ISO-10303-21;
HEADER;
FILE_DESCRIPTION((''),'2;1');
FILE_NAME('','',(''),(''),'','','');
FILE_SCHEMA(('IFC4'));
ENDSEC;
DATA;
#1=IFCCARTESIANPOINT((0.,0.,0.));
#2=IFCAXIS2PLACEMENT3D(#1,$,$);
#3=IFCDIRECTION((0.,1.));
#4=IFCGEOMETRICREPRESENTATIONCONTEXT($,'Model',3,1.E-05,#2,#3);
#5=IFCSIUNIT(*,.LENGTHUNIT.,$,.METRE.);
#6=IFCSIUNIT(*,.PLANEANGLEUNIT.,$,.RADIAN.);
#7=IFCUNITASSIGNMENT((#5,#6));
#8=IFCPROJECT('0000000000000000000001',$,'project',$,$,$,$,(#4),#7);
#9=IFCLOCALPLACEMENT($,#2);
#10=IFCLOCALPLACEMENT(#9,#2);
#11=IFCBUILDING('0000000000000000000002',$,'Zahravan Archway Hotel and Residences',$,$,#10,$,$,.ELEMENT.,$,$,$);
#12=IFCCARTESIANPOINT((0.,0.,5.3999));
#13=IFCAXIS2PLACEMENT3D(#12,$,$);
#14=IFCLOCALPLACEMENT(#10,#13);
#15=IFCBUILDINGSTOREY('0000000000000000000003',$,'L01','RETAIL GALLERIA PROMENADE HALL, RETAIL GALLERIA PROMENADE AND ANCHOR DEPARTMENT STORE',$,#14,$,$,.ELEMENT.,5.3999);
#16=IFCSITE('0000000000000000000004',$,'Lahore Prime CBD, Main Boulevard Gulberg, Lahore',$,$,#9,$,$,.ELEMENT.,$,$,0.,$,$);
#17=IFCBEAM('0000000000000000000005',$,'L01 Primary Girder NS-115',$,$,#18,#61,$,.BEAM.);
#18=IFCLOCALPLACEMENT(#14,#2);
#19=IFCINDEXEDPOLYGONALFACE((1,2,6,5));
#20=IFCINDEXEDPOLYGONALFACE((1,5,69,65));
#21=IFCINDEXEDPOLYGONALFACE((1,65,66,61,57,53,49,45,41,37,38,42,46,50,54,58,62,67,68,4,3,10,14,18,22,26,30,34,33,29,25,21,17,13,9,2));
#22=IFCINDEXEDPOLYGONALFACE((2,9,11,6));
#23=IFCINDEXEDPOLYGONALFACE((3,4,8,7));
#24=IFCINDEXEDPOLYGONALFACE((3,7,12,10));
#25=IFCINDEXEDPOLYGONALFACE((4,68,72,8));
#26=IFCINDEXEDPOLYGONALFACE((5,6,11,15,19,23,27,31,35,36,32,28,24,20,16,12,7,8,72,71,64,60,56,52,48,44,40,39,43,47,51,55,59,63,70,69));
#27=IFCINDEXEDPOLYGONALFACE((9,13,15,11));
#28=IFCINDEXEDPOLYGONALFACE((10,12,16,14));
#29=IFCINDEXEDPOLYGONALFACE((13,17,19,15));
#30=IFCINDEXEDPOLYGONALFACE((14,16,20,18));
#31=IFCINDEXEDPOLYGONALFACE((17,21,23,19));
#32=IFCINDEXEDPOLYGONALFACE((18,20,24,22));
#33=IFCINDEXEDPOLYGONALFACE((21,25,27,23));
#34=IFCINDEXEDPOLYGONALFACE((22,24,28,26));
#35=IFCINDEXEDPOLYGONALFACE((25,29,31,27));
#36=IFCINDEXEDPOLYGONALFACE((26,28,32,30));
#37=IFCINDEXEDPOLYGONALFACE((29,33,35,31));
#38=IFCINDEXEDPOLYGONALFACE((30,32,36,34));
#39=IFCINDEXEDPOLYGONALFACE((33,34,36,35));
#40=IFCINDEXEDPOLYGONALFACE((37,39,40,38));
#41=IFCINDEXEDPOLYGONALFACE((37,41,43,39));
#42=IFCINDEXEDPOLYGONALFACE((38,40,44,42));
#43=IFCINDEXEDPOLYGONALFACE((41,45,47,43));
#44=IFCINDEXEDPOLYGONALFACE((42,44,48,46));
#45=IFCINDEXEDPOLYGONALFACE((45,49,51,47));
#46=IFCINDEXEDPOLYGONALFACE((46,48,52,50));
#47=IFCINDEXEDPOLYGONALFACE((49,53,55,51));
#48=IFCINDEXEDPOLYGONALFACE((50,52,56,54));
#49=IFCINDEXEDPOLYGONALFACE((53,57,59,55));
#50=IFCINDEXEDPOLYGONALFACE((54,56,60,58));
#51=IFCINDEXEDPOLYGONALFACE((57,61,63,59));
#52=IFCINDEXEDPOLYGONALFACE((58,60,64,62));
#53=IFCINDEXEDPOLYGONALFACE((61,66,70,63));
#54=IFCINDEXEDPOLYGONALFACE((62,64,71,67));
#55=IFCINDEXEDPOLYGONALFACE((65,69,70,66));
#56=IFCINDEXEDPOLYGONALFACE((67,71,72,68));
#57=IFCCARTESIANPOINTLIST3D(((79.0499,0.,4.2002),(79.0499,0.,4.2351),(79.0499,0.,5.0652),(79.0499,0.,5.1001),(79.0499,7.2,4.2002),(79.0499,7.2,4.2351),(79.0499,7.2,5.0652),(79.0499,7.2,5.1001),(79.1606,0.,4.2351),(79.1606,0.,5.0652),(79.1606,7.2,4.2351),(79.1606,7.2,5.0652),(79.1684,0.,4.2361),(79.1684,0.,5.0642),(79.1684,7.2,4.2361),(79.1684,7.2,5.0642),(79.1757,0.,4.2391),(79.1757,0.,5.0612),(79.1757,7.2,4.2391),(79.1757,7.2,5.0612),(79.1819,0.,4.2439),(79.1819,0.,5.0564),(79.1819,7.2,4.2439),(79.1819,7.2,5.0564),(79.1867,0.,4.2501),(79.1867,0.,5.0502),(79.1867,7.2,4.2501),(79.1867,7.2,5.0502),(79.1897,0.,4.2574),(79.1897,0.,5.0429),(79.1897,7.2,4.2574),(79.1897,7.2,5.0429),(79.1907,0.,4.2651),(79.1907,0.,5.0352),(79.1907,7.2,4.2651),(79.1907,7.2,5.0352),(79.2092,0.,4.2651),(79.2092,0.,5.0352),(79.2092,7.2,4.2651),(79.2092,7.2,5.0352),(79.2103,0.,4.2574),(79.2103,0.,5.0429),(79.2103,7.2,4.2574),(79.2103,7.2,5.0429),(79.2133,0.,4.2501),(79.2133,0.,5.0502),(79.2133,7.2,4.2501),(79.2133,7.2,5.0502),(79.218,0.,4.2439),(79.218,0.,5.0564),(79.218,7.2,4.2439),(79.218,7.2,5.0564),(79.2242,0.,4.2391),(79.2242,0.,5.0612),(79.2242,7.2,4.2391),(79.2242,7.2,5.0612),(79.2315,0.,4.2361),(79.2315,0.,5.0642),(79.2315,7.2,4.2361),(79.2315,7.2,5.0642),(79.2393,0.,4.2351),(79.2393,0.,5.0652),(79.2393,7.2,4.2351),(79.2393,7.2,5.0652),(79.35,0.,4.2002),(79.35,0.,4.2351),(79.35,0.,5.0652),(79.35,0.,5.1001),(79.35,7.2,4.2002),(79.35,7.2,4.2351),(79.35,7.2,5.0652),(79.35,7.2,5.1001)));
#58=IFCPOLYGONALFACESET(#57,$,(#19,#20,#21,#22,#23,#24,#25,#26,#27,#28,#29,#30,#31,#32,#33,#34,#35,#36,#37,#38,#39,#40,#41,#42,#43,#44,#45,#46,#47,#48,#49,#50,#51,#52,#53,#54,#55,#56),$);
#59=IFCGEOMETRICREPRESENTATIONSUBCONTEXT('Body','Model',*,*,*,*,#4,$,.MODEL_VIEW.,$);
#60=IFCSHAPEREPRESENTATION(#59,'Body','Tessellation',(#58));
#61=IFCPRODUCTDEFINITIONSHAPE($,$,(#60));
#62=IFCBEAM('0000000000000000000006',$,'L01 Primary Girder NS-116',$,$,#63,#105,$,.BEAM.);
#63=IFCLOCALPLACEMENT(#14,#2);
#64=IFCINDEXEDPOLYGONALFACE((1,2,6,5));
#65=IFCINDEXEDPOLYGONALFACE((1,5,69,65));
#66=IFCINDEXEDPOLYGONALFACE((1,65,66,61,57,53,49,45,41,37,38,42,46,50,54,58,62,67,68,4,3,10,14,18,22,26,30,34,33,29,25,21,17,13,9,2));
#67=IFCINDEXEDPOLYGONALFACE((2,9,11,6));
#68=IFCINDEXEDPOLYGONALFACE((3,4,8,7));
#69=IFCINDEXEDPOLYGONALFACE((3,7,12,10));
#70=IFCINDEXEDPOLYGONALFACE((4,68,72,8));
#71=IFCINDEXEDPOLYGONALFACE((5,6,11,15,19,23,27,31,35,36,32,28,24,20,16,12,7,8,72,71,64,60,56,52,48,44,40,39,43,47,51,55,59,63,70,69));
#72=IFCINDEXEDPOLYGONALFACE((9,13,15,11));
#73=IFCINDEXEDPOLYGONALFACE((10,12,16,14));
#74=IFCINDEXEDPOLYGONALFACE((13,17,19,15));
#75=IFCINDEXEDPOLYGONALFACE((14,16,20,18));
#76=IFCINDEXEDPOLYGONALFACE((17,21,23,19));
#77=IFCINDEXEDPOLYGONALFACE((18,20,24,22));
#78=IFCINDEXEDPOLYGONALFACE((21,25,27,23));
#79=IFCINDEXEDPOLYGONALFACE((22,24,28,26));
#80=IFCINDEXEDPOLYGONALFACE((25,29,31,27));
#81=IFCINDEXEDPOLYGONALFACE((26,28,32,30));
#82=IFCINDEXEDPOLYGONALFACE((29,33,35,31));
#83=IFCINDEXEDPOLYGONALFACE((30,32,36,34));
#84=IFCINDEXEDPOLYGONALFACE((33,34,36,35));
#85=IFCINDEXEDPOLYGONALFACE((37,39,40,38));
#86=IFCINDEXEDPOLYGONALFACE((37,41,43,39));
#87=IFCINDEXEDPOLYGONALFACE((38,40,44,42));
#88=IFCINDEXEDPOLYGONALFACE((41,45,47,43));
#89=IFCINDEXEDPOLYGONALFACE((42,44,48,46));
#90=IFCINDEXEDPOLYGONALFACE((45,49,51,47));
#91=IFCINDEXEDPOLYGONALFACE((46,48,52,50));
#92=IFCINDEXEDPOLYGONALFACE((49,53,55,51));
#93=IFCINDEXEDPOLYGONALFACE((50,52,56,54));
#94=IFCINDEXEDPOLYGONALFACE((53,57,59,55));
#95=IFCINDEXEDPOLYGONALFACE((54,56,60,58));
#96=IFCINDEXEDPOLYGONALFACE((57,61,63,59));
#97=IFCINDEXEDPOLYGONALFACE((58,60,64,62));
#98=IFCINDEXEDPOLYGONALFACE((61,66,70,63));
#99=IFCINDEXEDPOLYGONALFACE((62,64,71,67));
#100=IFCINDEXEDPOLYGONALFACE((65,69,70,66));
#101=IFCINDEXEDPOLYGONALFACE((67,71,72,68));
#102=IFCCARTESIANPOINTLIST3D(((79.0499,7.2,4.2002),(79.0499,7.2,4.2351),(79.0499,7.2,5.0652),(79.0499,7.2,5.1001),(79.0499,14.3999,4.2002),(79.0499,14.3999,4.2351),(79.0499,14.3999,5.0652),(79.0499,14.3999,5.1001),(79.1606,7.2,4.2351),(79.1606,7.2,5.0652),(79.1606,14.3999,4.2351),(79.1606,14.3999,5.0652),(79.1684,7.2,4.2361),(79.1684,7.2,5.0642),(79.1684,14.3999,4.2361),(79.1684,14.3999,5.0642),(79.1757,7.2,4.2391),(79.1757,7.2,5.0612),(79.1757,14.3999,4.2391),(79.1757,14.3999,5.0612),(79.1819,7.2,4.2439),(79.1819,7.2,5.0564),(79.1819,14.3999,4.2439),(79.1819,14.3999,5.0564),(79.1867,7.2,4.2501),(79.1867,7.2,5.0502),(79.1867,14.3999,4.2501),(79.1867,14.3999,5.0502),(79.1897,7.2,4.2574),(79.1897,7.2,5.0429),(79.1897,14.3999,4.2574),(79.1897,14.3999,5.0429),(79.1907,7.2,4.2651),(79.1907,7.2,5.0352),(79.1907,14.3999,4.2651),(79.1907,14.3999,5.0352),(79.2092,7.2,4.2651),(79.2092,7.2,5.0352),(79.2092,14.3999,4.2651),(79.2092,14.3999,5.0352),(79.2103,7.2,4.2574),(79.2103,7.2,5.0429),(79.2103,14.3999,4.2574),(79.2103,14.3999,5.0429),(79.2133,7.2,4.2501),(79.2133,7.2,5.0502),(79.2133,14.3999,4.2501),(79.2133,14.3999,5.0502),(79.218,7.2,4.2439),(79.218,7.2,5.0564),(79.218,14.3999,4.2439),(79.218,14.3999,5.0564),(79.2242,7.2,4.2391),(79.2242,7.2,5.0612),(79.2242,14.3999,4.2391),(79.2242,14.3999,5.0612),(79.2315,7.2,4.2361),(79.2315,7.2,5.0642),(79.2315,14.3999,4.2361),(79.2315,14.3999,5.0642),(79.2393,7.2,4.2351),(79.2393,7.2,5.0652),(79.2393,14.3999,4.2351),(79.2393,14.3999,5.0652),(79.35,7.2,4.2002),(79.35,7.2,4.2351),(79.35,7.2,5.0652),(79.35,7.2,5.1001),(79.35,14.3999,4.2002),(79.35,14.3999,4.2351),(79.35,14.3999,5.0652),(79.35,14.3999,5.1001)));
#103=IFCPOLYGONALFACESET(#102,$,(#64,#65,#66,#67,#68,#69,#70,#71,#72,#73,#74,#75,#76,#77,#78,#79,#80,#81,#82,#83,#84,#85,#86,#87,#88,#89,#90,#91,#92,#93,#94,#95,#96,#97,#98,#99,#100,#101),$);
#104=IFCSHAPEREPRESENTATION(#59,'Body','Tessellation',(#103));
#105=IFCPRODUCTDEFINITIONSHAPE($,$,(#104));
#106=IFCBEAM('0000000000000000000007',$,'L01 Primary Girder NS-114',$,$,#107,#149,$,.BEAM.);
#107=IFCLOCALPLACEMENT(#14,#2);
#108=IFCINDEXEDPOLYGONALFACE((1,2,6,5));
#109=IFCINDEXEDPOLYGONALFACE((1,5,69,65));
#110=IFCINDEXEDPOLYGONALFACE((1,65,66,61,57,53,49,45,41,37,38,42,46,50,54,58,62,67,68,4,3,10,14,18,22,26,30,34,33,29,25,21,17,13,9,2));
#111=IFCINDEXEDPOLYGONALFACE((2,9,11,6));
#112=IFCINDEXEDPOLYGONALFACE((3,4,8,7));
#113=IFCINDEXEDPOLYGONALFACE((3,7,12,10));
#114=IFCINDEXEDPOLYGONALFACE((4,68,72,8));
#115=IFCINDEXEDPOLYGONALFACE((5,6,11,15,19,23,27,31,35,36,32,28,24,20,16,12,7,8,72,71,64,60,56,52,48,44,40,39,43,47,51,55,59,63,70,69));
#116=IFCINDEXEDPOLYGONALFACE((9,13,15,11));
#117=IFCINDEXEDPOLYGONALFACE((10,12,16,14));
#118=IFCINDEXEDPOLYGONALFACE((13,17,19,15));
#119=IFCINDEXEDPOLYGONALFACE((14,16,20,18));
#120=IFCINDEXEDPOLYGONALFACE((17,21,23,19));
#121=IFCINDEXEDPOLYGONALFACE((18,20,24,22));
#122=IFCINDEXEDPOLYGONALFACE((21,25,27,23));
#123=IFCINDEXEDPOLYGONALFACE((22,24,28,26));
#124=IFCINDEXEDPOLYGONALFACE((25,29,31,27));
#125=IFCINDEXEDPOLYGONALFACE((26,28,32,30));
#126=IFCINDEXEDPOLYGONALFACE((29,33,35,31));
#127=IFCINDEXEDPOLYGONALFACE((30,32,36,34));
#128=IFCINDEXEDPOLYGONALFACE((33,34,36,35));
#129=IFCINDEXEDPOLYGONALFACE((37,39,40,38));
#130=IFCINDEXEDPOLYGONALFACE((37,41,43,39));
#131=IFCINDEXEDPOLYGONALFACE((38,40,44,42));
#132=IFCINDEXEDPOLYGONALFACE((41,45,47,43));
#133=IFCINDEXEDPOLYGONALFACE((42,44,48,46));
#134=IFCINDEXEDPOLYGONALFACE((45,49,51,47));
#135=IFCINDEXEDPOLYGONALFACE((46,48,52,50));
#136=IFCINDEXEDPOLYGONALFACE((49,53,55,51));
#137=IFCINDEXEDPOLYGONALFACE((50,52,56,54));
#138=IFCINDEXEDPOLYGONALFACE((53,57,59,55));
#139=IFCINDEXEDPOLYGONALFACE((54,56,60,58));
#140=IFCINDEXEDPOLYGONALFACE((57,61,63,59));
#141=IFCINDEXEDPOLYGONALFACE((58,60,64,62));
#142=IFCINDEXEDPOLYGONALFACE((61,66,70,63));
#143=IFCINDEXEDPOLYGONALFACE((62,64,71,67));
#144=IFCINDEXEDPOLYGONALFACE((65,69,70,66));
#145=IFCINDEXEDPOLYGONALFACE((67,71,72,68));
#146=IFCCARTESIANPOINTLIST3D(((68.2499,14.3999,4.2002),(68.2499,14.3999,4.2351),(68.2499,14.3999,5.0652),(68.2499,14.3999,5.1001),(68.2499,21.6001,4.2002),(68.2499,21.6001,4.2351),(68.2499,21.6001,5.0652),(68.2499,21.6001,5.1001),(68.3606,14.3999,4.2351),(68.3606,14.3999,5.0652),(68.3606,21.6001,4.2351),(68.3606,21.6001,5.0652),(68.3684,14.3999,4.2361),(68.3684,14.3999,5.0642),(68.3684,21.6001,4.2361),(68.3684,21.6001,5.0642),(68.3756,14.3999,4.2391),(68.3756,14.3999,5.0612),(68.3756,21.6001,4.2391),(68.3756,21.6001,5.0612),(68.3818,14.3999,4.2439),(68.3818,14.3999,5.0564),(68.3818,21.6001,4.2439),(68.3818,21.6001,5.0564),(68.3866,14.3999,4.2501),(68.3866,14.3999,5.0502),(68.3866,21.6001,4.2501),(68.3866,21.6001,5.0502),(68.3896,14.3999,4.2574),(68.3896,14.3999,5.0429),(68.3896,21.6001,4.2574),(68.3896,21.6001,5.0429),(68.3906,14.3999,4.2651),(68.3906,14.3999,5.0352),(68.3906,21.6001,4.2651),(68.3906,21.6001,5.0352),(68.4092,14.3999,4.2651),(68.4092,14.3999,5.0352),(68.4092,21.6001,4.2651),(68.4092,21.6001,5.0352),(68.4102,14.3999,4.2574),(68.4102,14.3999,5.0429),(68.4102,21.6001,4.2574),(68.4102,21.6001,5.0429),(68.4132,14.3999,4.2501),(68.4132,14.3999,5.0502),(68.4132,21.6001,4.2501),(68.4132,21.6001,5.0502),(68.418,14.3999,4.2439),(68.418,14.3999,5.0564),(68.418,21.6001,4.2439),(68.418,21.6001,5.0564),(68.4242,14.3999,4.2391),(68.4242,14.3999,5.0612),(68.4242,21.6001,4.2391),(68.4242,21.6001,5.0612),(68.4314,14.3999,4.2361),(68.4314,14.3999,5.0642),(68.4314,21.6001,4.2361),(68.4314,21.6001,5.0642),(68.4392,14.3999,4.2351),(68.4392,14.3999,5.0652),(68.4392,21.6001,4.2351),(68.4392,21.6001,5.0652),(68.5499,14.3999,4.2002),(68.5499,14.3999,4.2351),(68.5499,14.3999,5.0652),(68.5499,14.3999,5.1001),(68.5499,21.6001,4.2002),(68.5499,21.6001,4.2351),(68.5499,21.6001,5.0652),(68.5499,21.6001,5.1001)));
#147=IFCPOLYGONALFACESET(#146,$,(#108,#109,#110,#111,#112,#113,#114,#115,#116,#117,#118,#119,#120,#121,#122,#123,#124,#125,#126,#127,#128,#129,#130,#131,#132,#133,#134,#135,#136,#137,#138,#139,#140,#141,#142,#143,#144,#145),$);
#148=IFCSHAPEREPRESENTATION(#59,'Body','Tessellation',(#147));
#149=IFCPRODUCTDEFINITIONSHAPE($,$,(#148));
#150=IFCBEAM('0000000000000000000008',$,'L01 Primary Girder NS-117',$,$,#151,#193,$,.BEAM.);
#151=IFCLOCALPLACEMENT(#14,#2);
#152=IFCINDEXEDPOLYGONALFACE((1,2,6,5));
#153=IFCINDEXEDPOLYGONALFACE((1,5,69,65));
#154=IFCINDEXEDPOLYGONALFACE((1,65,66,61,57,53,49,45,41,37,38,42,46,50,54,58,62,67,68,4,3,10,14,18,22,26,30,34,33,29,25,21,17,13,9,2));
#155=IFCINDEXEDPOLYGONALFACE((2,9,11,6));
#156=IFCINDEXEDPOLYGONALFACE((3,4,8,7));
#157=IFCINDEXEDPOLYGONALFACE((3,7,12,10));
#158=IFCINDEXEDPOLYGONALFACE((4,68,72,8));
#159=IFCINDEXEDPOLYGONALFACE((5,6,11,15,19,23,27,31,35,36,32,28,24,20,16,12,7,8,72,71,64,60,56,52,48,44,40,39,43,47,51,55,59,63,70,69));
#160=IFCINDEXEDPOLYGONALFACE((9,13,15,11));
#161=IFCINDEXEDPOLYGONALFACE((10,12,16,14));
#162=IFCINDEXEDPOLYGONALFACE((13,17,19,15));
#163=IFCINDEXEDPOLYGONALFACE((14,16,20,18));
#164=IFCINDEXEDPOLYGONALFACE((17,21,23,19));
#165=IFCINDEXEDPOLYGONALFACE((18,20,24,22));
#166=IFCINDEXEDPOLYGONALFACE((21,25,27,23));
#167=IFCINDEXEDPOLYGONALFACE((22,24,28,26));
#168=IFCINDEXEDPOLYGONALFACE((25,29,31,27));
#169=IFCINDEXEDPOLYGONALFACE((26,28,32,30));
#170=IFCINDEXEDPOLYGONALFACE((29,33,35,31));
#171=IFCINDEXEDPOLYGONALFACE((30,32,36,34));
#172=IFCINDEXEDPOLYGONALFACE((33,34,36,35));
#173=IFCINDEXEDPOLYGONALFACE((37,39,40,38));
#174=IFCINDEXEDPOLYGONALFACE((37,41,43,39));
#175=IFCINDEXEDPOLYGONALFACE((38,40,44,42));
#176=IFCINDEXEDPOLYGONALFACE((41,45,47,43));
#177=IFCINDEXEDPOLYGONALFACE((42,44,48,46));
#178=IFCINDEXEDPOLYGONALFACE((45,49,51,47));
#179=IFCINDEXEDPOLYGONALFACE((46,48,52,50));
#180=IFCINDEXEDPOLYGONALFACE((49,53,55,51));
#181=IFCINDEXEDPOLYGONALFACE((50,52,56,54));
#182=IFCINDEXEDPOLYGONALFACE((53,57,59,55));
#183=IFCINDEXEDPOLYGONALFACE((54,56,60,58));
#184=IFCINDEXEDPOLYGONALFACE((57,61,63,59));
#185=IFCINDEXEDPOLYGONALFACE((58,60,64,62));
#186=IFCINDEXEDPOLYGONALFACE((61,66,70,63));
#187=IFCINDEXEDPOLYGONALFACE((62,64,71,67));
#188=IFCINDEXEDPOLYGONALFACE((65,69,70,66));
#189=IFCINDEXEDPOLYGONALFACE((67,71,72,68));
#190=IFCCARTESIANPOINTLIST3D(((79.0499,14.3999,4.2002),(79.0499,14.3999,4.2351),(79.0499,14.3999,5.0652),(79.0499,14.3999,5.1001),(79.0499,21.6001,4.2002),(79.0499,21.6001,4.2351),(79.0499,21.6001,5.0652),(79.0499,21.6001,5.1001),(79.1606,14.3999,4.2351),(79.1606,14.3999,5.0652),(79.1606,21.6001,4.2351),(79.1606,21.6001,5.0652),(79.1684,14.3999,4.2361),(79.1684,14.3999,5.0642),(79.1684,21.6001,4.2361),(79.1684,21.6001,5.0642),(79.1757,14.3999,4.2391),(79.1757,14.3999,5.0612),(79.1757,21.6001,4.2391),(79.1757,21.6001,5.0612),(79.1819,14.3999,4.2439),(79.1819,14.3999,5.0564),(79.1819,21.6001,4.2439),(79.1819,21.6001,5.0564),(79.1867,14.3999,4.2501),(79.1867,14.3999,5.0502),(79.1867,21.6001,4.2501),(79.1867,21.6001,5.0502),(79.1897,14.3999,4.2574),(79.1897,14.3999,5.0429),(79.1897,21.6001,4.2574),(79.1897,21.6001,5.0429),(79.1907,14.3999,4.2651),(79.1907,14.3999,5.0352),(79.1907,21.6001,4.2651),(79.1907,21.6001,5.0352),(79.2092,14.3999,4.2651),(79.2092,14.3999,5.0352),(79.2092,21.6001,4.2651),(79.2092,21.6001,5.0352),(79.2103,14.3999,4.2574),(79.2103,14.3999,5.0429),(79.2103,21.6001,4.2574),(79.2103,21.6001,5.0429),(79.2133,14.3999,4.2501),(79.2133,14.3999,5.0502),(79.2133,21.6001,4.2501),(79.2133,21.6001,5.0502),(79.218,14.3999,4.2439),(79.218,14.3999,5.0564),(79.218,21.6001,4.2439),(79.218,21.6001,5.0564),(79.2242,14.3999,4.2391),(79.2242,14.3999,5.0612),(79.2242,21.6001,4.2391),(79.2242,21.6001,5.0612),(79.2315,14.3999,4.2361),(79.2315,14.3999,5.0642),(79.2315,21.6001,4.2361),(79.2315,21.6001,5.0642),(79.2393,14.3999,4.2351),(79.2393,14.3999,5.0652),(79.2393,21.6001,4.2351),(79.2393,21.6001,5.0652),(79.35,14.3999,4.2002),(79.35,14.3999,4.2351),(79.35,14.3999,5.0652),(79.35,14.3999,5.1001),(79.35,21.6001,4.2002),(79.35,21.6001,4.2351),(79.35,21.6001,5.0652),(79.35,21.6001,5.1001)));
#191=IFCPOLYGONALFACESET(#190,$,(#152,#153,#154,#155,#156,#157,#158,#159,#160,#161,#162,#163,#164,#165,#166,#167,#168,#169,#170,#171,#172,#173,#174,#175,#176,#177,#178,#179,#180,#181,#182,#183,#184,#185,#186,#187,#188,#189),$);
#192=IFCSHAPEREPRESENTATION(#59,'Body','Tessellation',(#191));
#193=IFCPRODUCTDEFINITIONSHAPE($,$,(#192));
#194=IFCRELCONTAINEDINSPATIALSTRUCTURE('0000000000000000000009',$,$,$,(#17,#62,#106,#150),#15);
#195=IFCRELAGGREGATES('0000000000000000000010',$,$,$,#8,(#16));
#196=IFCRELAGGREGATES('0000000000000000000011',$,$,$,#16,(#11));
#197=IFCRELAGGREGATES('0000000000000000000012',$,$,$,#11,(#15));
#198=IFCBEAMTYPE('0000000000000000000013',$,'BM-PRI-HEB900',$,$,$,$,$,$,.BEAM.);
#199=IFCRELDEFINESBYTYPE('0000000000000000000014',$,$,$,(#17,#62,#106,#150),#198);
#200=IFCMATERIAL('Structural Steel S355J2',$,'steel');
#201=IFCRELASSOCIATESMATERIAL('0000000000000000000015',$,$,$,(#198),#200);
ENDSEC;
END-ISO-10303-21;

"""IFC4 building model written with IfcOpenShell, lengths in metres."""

from ifc_helpers import new_model, si_unit, direction, frame, origin, origin_2d, place, context, subcontext, project, spatial, i_section, extrude, source, transform, mapped, material, material_profile, profile_set, type_object, element, save


model = new_model("IFC4")

# Units and contexts
model_context = context("Model", 3, precision=1e-05, world=origin(), true_north=direction((0.0, 1.0)))
body_context = subcontext(model_context, "Body", "Model", "MODEL_VIEW")
ifc_project = project(units=[si_unit("LENGTHUNIT", "METRE"), si_unit("PLANEANGLEUNIT", "RADIAN")], contexts=[model_context])

# Site, building, storey
site_placement = place(None, origin())
site = spatial("IfcSite", under=ifc_project, at=site_placement, Name="Lahore Prime CBD, Main Boulevard Gulberg, Lahore", CompositionType="ELEMENT", RefElevation=0.0)
building_placement = place(site_placement, origin())
building = spatial("IfcBuilding", under=site, at=building_placement, Name="Zahravan Archway Hotel and Residences", CompositionType="ELEMENT")
storey_placement = place(building_placement, frame((0.0, 0.0, 5.3999)))
storey = spatial("IfcBuildingStorey", under=building, at=storey_placement, Name="L01", Description="RETAIL GALLERIA PROMENADE HALL, RETAIL GALLERIA PROMENADE AND ANCHOR DEPARTMENT STORE", CompositionType="ELEMENT", Elevation=5.3999)

# Beams
ifc_material_1 = material(Name="Structural Steel S355J2", Category="steel")
ifc_material_profile_1 = material_profile(ifc_material_1, i_section(OverallWidth=0.3, OverallDepth=0.8999, WebThickness=0.0186, FlangeThickness=0.0349, FilletRadius=0.03, at=origin_2d()), Name="HEB 900", Category="steel")
ifc_profile_set_1 = profile_set([ifc_material_profile_1], Name="Structural Steel S355J2")
beam_type_1 = type_object("IfcBeamType", Name="BM-PRI-HEB900", PredefinedType="BEAM", material=ifc_profile_set_1)
shared_shape_1 = source(origin(), body_context, "Body", "SweptSolid", [
    extrude(i_section(OverallWidth=0.3, OverallDepth=0.8999, WebThickness=0.0186, FlangeThickness=0.0349, FilletRadius=0.03, at=origin_2d()), origin(), (0.0, 0.0, 1.0), 7.2),
])
for number, where, z_axis, x_axis, name in (
    (1, (79.2, 0.0, 4.6501), (0.0, 1.0, 0.0), (-1.0, 0.0, 0.0), "L01 Primary Girder NS-115"),
    (2, (79.2, 7.2, 4.6501), (0.0, 1.0, 0.0), (-1.0, 0.0, 0.0), "L01 Primary Girder NS-116"),
):
    element("IfcBeam", number, at=place(storey_placement, frame(where, z_axis=z_axis, x_axis=x_axis)), inside=storey, type_object=beam_type_1, Name=name, PredefinedType="BEAM", context=body_context, shape_type="MappedRepresentation", body=[
        mapped(shared_shape_1, transform((0.0, 0.0, 0.0), scale=1.0)),
    ])
shared_shape_2 = source(origin(), body_context, "Body", "SweptSolid", [
    extrude(i_section(OverallWidth=0.3, OverallDepth=0.8999, WebThickness=0.0186, FlangeThickness=0.0349, FilletRadius=0.03, at=origin_2d()), origin(), (0.0, 0.0, 1.0), 7.2002),
])
for number, where, z_axis, x_axis, name in (
    (3, (68.3999, 14.3999, 4.6501), (0.0, 1.0, 0.0), (-1.0, 0.0, 0.0), "L01 Primary Girder NS-114"),
    (4, (79.2, 14.3999, 4.6501), (0.0, 1.0, 0.0), (-1.0, 0.0, 0.0), "L01 Primary Girder NS-117"),
):
    element("IfcBeam", number, at=place(storey_placement, frame(where, z_axis=z_axis, x_axis=x_axis)), inside=storey, type_object=beam_type_1, Name=name, PredefinedType="BEAM", context=body_context, shape_type="MappedRepresentation", body=[
        mapped(shared_shape_2, transform((0.0, 0.0, 0.0), scale=1.0)),
    ])

save(model, "model.ifc")
